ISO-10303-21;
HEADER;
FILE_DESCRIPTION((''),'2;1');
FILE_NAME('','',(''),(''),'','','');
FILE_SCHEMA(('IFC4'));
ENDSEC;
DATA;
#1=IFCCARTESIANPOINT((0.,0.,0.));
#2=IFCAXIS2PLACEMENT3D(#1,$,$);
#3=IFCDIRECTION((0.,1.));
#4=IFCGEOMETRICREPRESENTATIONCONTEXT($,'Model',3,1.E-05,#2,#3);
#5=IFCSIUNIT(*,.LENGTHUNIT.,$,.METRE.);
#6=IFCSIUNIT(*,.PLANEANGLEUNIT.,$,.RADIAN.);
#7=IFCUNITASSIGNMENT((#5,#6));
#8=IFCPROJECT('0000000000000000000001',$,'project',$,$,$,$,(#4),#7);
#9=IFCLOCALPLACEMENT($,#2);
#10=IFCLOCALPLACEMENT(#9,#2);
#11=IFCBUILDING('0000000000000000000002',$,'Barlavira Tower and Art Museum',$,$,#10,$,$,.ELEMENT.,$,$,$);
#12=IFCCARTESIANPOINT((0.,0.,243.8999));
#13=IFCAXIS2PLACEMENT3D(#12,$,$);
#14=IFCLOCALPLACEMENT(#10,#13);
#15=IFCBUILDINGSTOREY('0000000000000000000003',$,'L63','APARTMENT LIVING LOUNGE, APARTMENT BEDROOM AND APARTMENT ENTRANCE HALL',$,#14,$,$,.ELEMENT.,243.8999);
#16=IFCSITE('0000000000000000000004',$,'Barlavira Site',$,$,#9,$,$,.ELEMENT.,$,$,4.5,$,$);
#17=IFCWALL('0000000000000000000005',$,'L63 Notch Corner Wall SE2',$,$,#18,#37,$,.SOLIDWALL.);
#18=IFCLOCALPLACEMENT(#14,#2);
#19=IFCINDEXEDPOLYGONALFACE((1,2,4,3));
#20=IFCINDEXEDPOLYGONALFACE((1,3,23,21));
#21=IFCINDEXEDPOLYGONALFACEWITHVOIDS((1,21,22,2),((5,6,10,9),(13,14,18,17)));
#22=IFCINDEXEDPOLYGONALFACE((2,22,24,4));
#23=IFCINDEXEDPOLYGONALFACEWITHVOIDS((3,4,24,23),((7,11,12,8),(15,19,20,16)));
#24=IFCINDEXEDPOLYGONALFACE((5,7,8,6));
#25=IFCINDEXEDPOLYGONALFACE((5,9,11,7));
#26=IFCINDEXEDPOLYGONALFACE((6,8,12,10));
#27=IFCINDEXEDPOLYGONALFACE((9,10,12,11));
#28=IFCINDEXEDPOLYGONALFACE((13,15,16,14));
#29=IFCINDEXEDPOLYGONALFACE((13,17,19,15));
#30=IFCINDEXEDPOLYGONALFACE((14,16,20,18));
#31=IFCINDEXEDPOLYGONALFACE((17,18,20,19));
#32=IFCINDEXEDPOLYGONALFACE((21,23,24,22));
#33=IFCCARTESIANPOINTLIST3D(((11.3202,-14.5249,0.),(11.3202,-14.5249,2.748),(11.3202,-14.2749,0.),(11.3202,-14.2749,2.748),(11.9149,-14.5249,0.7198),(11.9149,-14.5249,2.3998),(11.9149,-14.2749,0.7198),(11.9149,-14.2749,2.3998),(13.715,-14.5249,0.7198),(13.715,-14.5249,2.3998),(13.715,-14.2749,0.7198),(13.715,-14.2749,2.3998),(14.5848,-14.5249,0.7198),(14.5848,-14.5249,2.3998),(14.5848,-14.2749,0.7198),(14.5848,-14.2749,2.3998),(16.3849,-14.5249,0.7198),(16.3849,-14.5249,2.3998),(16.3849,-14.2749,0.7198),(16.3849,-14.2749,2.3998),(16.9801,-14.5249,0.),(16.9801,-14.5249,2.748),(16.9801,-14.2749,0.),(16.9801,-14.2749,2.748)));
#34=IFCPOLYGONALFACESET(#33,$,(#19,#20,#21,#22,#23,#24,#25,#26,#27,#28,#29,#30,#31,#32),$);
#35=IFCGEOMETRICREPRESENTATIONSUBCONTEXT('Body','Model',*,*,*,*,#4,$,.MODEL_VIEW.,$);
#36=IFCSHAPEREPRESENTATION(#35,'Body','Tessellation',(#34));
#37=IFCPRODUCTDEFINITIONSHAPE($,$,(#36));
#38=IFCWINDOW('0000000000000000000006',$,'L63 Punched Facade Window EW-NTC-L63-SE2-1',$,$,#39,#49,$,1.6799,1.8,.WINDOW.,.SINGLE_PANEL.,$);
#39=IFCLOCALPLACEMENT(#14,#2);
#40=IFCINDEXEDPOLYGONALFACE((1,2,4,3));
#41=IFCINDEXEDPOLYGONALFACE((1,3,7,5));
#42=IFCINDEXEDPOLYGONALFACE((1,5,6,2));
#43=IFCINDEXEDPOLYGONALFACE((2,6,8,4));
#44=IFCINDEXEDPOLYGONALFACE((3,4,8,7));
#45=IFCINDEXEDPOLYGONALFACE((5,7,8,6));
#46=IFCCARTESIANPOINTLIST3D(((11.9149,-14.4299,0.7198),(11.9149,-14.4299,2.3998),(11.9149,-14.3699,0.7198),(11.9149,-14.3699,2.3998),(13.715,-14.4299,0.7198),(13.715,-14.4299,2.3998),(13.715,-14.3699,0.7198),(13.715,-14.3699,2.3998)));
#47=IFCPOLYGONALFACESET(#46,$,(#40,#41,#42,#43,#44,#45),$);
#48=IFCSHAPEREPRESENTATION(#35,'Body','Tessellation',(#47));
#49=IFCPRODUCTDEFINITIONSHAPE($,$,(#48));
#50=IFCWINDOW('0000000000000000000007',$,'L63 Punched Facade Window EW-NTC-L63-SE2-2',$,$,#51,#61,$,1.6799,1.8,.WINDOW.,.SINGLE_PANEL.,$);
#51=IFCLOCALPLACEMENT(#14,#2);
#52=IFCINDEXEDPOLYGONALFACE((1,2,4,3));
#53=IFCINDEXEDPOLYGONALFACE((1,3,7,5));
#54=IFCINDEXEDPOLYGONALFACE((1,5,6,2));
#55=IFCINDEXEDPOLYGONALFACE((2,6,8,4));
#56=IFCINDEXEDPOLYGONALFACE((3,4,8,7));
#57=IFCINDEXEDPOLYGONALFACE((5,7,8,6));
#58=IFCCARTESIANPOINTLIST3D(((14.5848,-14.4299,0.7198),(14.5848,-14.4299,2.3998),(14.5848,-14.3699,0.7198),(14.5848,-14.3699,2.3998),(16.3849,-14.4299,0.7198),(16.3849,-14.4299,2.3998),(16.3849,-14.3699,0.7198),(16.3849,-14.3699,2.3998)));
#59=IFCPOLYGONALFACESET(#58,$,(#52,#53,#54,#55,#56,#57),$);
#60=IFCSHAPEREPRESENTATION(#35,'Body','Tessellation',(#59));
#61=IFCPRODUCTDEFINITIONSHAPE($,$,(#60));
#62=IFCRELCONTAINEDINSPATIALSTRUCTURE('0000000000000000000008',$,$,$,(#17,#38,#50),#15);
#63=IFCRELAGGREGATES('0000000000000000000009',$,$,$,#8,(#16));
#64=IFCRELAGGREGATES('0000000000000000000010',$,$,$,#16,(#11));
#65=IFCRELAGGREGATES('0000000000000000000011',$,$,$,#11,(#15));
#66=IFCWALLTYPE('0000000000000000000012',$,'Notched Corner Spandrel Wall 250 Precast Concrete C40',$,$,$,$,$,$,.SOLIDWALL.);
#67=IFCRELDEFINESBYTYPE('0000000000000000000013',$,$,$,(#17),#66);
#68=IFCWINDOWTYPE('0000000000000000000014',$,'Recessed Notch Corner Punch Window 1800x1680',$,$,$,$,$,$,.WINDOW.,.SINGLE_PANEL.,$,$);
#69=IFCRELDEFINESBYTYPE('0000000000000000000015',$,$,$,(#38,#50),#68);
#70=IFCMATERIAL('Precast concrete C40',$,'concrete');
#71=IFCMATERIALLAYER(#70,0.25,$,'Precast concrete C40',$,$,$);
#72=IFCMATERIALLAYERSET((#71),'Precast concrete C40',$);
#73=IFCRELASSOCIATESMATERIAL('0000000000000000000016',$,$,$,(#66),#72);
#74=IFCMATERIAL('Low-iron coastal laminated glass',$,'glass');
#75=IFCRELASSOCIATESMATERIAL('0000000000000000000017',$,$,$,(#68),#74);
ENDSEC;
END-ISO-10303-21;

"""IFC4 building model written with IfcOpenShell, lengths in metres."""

from ifc_helpers import new_model, si_unit, direction, frame, frame_2d, origin, place, context, subcontext, project, spatial, rectangle, extrude, material, layer, layer_set, type_object, element, fill, save


model = new_model("IFC4")

# Units and contexts
model_context = context("Model", 3, precision=1e-05, world=origin(), true_north=direction((0.0, 1.0)))
body_context = subcontext(model_context, "Body", "Model", "MODEL_VIEW")
ifc_project = project(units=[si_unit("LENGTHUNIT", "METRE"), si_unit("PLANEANGLEUNIT", "RADIAN")], contexts=[model_context])

# Site, building, storey
site_placement = place(None, origin())
site = spatial("IfcSite", under=ifc_project, at=site_placement, Name="Barlavira Site", CompositionType="ELEMENT", RefElevation=4.5)
building_placement = place(site_placement, origin())
building = spatial("IfcBuilding", under=site, at=building_placement, Name="Barlavira Tower and Art Museum", CompositionType="ELEMENT")
storey_placement = place(building_placement, frame((0.0, 0.0, 243.8999)))
storey = spatial("IfcBuildingStorey", under=building, at=storey_placement, Name="L63", Description="APARTMENT LIVING LOUNGE, APARTMENT BEDROOM AND APARTMENT ENTRANCE HALL", CompositionType="ELEMENT", Elevation=243.8999)

# Shared definitions
ifc_material_1 = material(Name="Low-iron coastal laminated glass", Category="glass")

# Shared definitions
ifc_material_2 = material(Name="Precast concrete C40", Category="concrete")
ifc_layer_1 = layer(ifc_material_2, 0.25, Name="Precast concrete C40")
ifc_layer_set_1 = layer_set([ifc_layer_1], Name="Precast concrete C40")
wall_type_1 = type_object("IfcWallType", Name="Notched Corner Spandrel Wall 250 Precast Concrete C40", PredefinedType="SOLIDWALL", material=ifc_layer_set_1)
window_type_1 = type_object("IfcWindowType", Name="Recessed Notch Corner Punch Window 1800x1680", PartitioningType="SINGLE_PANEL", PredefinedType="WINDOW", material=ifc_material_1)

# Wall, openings, windows
wall_1_placement = place(storey_placement, frame((11.3201, -14.3999, 0.0), z_axis=(0.0, 0.0, 1.0), x_axis=(1.0, 0.0, 0.0)))
wall_1 = element("IfcWall", 1, at=wall_1_placement, inside=storey, type_object=wall_type_1, Name="L63 Notch Corner Wall SE2", PredefinedType="SOLIDWALL", context=body_context, shape_type="SweptSolid", body=[
    extrude(rectangle(XDim=5.6599, YDim=0.25, at=frame_2d((2.8301, 0.0))), origin(), (0.0, 0.0, 1.0), 2.748),
])
opening_1_placement = place(wall_1_placement, frame((0.595, 0.0, 0.72)))
opening_1 = element("IfcOpeningElement", 2, at=opening_1_placement, cuts=wall_1, PredefinedType="OPENING", context=body_context, shape_type="SweptSolid", body=[
    extrude(rectangle(XDim=1.8, YDim=1.6799, at=frame_2d((0.8999, 0.8398))), frame((0.0, 0.135, 0.0), z_axis=(0.0, -1.0, 0.0), x_axis=(1.0, 0.0, 0.0)), (0.0, 0.0, 1.0), 0.27),
])
opening_2_placement = place(wall_1_placement, frame((3.2649, 0.0, 0.72)))
opening_2 = element("IfcOpeningElement", 3, at=opening_2_placement, cuts=wall_1, PredefinedType="OPENING", context=body_context, shape_type="SweptSolid", body=[
    extrude(rectangle(XDim=1.8, YDim=1.6799, at=frame_2d((0.8999, 0.8398))), frame((0.0, 0.135, 0.0), z_axis=(0.0, -1.0, 0.0), x_axis=(1.0, 0.0, 0.0)), (0.0, 0.0, 1.0), 0.27),
])
window_1_placement = place(opening_1_placement, origin())
window_1 = element("IfcWindow", 4, at=window_1_placement, inside=storey, type_object=window_type_1, Name="L63 Punched Facade Window EW-NTC-L63-SE2-1", OverallHeight=1.6799, OverallWidth=1.8, PartitioningType="SINGLE_PANEL", PredefinedType="WINDOW", context=body_context, shape_type="SweptSolid", body=[
    extrude(rectangle(XDim=1.8, YDim=1.6799, at=frame_2d((0.8999, 0.8398))), frame((0.0, 0.03, 0.0), z_axis=(0.0, -1.0, 0.0), x_axis=(1.0, 0.0, 0.0)), (0.0, 0.0, 1.0), 0.0601),
])
fill(opening_1, window_1)
window_2_placement = place(opening_2_placement, origin())
window_2 = element("IfcWindow", 5, at=window_2_placement, inside=storey, type_object=window_type_1, Name="L63 Punched Facade Window EW-NTC-L63-SE2-2", OverallHeight=1.6799, OverallWidth=1.8, PartitioningType="SINGLE_PANEL", PredefinedType="WINDOW", context=body_context, shape_type="SweptSolid", body=[
    extrude(rectangle(XDim=1.8, YDim=1.6799, at=frame_2d((0.8999, 0.8398))), frame((0.0, 0.03, 0.0), z_axis=(0.0, -1.0, 0.0), x_axis=(1.0, 0.0, 0.0)), (0.0, 0.0, 1.0), 0.0601),
])
fill(opening_2, window_2)

save(model, "model.ifc")
